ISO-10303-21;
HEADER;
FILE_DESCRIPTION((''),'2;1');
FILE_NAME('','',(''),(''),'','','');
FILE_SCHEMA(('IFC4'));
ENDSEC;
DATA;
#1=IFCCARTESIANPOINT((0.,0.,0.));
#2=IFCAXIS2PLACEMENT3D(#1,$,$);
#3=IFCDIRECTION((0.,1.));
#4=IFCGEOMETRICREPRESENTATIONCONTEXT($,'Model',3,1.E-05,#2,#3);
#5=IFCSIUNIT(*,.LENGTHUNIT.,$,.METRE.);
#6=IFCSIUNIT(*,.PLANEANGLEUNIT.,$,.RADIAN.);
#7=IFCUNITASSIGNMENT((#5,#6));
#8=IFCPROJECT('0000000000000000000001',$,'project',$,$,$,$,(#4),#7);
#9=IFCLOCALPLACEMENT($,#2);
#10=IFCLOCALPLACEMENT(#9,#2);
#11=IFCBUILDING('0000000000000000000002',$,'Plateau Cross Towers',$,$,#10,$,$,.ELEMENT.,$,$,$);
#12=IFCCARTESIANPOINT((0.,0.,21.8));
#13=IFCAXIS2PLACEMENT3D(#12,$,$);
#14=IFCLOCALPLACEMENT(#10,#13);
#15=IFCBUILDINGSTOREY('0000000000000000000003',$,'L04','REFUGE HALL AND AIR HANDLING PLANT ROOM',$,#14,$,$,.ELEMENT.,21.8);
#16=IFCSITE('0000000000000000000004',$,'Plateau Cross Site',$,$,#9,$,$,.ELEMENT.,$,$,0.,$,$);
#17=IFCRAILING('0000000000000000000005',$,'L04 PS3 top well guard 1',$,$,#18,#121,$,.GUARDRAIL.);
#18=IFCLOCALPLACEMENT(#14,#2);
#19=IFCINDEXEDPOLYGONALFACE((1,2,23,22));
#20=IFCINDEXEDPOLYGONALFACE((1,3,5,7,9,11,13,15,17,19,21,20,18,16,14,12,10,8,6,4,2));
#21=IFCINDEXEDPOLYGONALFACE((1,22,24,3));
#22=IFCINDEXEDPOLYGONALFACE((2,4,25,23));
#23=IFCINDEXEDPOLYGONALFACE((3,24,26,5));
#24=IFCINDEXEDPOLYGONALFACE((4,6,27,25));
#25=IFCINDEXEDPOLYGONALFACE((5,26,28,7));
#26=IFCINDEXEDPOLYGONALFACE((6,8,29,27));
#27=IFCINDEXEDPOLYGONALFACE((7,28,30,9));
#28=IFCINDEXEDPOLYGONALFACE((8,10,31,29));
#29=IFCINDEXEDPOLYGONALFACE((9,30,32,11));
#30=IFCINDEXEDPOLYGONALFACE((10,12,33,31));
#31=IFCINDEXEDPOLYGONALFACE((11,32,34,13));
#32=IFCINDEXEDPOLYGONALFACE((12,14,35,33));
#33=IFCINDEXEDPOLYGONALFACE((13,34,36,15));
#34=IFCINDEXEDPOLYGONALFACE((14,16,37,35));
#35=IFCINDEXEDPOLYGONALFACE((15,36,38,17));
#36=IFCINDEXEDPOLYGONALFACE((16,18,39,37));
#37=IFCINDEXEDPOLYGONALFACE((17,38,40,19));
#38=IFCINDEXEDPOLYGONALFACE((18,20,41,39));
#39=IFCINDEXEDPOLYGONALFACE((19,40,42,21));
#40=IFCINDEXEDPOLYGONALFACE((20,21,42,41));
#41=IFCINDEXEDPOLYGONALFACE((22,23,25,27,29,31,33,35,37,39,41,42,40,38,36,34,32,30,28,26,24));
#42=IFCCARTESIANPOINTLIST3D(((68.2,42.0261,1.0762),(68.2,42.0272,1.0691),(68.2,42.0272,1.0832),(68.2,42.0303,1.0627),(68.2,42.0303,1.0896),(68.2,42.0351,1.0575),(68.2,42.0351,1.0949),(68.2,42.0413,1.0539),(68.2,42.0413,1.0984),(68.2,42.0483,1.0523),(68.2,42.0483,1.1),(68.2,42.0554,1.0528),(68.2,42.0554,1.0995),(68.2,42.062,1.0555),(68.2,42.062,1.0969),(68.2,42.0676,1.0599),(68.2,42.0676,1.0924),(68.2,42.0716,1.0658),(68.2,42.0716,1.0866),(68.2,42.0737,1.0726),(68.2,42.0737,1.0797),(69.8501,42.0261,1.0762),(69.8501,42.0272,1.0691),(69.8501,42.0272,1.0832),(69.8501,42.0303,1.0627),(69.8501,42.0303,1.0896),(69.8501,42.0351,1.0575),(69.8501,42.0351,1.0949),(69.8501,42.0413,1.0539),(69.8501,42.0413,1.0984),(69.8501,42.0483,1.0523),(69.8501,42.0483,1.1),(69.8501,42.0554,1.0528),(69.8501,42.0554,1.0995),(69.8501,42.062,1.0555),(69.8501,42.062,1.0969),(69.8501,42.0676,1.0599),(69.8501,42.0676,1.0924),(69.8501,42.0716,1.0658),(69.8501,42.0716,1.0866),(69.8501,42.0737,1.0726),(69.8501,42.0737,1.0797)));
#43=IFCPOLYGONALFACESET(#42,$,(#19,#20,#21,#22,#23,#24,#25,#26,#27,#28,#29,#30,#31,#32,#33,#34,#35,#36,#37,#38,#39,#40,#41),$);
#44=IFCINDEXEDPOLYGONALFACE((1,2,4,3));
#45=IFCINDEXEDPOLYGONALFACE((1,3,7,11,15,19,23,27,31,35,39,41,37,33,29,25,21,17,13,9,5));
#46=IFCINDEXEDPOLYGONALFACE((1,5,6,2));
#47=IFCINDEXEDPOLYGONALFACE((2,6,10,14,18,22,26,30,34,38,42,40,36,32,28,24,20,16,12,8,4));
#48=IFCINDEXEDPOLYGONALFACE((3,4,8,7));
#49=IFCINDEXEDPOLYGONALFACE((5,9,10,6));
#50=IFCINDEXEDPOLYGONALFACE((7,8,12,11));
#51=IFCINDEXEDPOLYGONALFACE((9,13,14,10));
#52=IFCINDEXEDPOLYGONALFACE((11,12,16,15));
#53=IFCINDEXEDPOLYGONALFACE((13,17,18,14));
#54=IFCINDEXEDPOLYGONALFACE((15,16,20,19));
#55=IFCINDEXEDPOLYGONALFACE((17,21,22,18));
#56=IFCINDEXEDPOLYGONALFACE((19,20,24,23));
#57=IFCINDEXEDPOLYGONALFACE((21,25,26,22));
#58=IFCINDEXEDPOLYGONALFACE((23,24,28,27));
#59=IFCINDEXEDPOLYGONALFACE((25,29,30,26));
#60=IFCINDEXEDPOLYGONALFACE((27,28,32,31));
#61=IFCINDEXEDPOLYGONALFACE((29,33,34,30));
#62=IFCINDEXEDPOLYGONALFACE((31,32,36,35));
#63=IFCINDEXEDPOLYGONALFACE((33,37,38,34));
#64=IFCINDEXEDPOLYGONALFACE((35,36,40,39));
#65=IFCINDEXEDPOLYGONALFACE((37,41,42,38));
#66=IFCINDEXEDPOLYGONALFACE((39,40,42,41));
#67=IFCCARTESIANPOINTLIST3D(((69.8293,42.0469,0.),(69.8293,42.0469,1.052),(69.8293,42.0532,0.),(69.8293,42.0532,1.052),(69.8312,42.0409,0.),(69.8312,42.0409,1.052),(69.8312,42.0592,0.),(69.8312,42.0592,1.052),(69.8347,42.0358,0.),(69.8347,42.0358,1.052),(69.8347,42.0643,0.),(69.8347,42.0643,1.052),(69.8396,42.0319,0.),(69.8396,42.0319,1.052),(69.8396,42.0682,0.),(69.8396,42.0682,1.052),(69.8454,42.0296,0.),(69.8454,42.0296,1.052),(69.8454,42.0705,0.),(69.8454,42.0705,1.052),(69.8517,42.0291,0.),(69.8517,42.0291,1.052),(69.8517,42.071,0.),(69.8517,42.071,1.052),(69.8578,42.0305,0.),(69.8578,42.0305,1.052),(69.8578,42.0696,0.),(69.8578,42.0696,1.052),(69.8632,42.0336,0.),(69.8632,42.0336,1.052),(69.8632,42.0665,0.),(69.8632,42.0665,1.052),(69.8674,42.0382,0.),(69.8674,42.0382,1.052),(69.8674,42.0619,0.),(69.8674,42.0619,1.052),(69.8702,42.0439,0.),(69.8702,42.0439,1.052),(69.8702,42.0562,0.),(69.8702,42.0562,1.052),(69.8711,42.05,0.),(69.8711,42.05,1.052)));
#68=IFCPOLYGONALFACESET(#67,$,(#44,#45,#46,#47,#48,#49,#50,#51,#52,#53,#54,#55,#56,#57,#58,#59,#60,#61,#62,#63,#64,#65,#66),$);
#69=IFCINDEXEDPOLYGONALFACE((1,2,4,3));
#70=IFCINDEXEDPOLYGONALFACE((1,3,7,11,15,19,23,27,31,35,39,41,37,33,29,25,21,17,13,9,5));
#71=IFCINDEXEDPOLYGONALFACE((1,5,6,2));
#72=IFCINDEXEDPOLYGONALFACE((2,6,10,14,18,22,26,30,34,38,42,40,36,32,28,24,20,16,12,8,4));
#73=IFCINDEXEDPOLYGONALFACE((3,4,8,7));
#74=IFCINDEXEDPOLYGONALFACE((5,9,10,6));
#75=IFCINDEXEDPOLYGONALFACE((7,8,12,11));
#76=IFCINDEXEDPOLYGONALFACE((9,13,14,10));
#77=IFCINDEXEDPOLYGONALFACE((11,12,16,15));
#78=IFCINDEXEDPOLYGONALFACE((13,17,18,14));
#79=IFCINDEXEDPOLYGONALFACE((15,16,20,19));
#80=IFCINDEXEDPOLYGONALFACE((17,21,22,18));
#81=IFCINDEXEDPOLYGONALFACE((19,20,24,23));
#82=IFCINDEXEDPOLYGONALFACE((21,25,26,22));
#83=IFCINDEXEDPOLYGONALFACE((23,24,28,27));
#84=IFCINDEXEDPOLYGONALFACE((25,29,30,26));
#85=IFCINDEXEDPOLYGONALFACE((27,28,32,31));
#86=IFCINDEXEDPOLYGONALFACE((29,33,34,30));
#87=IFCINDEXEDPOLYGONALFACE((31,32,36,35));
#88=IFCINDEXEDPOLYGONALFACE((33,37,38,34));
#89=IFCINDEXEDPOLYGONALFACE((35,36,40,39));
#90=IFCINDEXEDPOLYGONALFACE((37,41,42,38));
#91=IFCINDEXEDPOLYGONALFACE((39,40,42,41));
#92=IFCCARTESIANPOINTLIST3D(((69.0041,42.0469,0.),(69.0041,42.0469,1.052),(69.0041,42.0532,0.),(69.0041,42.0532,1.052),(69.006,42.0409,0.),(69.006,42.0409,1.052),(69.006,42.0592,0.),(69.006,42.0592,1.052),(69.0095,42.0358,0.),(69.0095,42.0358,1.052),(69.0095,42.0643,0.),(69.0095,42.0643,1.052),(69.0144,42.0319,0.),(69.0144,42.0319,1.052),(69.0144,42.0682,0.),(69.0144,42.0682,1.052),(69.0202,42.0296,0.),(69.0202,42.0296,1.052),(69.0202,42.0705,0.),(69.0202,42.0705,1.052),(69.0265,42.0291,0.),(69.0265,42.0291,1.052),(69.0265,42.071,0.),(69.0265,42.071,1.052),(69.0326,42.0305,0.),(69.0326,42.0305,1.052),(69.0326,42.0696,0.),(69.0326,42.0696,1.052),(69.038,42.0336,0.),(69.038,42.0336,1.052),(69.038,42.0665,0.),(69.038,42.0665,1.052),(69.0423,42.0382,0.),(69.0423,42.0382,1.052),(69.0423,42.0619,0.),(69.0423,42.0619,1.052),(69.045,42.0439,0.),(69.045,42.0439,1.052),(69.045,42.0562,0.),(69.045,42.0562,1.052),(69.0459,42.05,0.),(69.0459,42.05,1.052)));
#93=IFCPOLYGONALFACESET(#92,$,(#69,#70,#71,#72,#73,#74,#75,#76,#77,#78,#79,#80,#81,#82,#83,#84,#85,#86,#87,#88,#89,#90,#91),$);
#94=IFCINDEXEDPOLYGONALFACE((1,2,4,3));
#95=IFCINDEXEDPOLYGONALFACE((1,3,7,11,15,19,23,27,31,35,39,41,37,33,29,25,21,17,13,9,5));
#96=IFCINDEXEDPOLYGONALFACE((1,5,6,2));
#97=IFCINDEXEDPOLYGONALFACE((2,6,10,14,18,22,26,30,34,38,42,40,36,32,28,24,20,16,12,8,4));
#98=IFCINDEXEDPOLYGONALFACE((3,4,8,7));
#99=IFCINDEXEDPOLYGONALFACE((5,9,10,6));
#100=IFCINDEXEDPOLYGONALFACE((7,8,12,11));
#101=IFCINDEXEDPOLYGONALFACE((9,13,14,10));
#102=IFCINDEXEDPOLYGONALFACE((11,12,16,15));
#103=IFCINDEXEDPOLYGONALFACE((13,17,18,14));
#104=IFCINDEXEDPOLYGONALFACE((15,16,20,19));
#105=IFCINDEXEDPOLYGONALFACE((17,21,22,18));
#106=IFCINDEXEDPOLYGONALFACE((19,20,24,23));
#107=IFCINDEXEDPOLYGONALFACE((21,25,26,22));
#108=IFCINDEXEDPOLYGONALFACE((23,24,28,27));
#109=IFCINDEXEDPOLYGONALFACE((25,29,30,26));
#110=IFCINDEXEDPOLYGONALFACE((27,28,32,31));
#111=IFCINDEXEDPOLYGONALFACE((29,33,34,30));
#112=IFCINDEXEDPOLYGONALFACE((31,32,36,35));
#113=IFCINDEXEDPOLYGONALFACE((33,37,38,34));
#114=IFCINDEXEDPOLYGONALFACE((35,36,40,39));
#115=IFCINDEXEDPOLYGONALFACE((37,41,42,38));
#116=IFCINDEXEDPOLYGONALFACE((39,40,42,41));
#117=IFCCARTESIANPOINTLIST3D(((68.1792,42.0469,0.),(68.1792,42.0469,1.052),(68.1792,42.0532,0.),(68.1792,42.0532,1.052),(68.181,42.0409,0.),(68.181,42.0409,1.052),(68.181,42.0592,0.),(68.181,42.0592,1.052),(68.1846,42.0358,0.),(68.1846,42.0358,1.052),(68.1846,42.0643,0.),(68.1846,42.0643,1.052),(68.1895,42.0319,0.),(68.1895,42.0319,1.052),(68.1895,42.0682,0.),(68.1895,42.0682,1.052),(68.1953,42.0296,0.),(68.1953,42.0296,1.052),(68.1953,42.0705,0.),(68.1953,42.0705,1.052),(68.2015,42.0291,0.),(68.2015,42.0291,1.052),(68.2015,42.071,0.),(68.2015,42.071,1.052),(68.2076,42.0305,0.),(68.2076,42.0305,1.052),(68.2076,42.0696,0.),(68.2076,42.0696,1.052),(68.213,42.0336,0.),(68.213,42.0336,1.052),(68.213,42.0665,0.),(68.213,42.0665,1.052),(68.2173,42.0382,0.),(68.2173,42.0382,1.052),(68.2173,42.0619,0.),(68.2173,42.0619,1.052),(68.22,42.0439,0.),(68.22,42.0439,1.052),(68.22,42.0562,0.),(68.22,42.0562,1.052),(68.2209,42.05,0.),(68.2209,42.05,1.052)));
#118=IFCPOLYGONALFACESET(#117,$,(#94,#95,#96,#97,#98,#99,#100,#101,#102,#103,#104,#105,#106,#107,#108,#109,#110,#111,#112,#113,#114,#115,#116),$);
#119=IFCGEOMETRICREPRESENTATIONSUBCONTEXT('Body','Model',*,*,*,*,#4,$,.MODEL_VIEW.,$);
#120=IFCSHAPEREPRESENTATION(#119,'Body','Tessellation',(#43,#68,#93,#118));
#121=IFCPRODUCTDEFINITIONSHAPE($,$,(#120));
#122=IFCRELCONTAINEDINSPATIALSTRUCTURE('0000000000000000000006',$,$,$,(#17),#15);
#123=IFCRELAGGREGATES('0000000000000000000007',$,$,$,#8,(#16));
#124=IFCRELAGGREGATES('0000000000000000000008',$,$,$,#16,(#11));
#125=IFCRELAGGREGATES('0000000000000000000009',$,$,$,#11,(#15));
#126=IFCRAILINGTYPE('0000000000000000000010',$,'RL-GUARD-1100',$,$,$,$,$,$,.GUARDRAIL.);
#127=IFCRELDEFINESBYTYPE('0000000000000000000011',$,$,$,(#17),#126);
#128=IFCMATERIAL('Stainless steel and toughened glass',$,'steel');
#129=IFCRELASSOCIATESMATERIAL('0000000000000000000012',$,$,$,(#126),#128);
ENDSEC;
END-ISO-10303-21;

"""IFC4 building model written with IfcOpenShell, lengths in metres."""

from ifc_helpers import new_model, si_unit, direction, frame, origin, origin_2d, place, context, subcontext, project, spatial, circle, extrude, material, type_object, element, save


model = new_model("IFC4")

# Units and contexts
model_context = context("Model", 3, precision=1e-05, world=origin(), true_north=direction((0.0, 1.0)))
body_context = subcontext(model_context, "Body", "Model", "MODEL_VIEW")
ifc_project = project(units=[si_unit("LENGTHUNIT", "METRE"), si_unit("PLANEANGLEUNIT", "RADIAN")], contexts=[model_context])

# Site, building, storey
site_placement = place(None, origin())
site = spatial("IfcSite", under=ifc_project, at=site_placement, Name="Plateau Cross Site", CompositionType="ELEMENT", RefElevation=0.0)
building_placement = place(site_placement, origin())
building = spatial("IfcBuilding", under=site, at=building_placement, Name="Plateau Cross Towers", CompositionType="ELEMENT")
storey_placement = place(building_placement, frame((0.0, 0.0, 21.8)))
storey = spatial("IfcBuildingStorey", under=building, at=storey_placement, Name="L04", Description="REFUGE HALL AND AIR HANDLING PLANT ROOM", CompositionType="ELEMENT", Elevation=21.8)

# Railing
ifc_material_1 = material(Name="Stainless steel and toughened glass", Category="steel")
railing_type = type_object("IfcRailingType", Name="RL-GUARD-1100", PredefinedType="GUARDRAIL", material=ifc_material_1)
railing_placement = place(storey_placement, frame((69.8501, 42.05, 0.0)))
element("IfcRailing", 1, at=railing_placement, inside=storey, type_object=railing_type, Name="L04 PS3 top well guard 1", PredefinedType="GUARDRAIL", context=body_context, shape_type="SweptSolid", body=[
    extrude(circle(Radius=0.0239, at=origin_2d()), frame((0.0, 0.0, 1.0762), z_axis=(-1.0, 0.0, 0.0), x_axis=(0.0, -1.0, 0.0)), (0.0, 0.0, 1.0), 1.6501),
    extrude(circle(Radius=0.021, at=origin_2d()), origin(), (0.0, 0.0, 1.0), 1.052),
    extrude(circle(Radius=0.021, at=origin_2d()), frame((-0.8252, 0.0, 0.0)), (0.0, 0.0, 1.0), 1.052),
    extrude(circle(Radius=0.021, at=origin_2d()), frame((-1.6501, 0.0, 0.0)), (0.0, 0.0, 1.0), 1.052),
])

save(model, "model.ifc")
